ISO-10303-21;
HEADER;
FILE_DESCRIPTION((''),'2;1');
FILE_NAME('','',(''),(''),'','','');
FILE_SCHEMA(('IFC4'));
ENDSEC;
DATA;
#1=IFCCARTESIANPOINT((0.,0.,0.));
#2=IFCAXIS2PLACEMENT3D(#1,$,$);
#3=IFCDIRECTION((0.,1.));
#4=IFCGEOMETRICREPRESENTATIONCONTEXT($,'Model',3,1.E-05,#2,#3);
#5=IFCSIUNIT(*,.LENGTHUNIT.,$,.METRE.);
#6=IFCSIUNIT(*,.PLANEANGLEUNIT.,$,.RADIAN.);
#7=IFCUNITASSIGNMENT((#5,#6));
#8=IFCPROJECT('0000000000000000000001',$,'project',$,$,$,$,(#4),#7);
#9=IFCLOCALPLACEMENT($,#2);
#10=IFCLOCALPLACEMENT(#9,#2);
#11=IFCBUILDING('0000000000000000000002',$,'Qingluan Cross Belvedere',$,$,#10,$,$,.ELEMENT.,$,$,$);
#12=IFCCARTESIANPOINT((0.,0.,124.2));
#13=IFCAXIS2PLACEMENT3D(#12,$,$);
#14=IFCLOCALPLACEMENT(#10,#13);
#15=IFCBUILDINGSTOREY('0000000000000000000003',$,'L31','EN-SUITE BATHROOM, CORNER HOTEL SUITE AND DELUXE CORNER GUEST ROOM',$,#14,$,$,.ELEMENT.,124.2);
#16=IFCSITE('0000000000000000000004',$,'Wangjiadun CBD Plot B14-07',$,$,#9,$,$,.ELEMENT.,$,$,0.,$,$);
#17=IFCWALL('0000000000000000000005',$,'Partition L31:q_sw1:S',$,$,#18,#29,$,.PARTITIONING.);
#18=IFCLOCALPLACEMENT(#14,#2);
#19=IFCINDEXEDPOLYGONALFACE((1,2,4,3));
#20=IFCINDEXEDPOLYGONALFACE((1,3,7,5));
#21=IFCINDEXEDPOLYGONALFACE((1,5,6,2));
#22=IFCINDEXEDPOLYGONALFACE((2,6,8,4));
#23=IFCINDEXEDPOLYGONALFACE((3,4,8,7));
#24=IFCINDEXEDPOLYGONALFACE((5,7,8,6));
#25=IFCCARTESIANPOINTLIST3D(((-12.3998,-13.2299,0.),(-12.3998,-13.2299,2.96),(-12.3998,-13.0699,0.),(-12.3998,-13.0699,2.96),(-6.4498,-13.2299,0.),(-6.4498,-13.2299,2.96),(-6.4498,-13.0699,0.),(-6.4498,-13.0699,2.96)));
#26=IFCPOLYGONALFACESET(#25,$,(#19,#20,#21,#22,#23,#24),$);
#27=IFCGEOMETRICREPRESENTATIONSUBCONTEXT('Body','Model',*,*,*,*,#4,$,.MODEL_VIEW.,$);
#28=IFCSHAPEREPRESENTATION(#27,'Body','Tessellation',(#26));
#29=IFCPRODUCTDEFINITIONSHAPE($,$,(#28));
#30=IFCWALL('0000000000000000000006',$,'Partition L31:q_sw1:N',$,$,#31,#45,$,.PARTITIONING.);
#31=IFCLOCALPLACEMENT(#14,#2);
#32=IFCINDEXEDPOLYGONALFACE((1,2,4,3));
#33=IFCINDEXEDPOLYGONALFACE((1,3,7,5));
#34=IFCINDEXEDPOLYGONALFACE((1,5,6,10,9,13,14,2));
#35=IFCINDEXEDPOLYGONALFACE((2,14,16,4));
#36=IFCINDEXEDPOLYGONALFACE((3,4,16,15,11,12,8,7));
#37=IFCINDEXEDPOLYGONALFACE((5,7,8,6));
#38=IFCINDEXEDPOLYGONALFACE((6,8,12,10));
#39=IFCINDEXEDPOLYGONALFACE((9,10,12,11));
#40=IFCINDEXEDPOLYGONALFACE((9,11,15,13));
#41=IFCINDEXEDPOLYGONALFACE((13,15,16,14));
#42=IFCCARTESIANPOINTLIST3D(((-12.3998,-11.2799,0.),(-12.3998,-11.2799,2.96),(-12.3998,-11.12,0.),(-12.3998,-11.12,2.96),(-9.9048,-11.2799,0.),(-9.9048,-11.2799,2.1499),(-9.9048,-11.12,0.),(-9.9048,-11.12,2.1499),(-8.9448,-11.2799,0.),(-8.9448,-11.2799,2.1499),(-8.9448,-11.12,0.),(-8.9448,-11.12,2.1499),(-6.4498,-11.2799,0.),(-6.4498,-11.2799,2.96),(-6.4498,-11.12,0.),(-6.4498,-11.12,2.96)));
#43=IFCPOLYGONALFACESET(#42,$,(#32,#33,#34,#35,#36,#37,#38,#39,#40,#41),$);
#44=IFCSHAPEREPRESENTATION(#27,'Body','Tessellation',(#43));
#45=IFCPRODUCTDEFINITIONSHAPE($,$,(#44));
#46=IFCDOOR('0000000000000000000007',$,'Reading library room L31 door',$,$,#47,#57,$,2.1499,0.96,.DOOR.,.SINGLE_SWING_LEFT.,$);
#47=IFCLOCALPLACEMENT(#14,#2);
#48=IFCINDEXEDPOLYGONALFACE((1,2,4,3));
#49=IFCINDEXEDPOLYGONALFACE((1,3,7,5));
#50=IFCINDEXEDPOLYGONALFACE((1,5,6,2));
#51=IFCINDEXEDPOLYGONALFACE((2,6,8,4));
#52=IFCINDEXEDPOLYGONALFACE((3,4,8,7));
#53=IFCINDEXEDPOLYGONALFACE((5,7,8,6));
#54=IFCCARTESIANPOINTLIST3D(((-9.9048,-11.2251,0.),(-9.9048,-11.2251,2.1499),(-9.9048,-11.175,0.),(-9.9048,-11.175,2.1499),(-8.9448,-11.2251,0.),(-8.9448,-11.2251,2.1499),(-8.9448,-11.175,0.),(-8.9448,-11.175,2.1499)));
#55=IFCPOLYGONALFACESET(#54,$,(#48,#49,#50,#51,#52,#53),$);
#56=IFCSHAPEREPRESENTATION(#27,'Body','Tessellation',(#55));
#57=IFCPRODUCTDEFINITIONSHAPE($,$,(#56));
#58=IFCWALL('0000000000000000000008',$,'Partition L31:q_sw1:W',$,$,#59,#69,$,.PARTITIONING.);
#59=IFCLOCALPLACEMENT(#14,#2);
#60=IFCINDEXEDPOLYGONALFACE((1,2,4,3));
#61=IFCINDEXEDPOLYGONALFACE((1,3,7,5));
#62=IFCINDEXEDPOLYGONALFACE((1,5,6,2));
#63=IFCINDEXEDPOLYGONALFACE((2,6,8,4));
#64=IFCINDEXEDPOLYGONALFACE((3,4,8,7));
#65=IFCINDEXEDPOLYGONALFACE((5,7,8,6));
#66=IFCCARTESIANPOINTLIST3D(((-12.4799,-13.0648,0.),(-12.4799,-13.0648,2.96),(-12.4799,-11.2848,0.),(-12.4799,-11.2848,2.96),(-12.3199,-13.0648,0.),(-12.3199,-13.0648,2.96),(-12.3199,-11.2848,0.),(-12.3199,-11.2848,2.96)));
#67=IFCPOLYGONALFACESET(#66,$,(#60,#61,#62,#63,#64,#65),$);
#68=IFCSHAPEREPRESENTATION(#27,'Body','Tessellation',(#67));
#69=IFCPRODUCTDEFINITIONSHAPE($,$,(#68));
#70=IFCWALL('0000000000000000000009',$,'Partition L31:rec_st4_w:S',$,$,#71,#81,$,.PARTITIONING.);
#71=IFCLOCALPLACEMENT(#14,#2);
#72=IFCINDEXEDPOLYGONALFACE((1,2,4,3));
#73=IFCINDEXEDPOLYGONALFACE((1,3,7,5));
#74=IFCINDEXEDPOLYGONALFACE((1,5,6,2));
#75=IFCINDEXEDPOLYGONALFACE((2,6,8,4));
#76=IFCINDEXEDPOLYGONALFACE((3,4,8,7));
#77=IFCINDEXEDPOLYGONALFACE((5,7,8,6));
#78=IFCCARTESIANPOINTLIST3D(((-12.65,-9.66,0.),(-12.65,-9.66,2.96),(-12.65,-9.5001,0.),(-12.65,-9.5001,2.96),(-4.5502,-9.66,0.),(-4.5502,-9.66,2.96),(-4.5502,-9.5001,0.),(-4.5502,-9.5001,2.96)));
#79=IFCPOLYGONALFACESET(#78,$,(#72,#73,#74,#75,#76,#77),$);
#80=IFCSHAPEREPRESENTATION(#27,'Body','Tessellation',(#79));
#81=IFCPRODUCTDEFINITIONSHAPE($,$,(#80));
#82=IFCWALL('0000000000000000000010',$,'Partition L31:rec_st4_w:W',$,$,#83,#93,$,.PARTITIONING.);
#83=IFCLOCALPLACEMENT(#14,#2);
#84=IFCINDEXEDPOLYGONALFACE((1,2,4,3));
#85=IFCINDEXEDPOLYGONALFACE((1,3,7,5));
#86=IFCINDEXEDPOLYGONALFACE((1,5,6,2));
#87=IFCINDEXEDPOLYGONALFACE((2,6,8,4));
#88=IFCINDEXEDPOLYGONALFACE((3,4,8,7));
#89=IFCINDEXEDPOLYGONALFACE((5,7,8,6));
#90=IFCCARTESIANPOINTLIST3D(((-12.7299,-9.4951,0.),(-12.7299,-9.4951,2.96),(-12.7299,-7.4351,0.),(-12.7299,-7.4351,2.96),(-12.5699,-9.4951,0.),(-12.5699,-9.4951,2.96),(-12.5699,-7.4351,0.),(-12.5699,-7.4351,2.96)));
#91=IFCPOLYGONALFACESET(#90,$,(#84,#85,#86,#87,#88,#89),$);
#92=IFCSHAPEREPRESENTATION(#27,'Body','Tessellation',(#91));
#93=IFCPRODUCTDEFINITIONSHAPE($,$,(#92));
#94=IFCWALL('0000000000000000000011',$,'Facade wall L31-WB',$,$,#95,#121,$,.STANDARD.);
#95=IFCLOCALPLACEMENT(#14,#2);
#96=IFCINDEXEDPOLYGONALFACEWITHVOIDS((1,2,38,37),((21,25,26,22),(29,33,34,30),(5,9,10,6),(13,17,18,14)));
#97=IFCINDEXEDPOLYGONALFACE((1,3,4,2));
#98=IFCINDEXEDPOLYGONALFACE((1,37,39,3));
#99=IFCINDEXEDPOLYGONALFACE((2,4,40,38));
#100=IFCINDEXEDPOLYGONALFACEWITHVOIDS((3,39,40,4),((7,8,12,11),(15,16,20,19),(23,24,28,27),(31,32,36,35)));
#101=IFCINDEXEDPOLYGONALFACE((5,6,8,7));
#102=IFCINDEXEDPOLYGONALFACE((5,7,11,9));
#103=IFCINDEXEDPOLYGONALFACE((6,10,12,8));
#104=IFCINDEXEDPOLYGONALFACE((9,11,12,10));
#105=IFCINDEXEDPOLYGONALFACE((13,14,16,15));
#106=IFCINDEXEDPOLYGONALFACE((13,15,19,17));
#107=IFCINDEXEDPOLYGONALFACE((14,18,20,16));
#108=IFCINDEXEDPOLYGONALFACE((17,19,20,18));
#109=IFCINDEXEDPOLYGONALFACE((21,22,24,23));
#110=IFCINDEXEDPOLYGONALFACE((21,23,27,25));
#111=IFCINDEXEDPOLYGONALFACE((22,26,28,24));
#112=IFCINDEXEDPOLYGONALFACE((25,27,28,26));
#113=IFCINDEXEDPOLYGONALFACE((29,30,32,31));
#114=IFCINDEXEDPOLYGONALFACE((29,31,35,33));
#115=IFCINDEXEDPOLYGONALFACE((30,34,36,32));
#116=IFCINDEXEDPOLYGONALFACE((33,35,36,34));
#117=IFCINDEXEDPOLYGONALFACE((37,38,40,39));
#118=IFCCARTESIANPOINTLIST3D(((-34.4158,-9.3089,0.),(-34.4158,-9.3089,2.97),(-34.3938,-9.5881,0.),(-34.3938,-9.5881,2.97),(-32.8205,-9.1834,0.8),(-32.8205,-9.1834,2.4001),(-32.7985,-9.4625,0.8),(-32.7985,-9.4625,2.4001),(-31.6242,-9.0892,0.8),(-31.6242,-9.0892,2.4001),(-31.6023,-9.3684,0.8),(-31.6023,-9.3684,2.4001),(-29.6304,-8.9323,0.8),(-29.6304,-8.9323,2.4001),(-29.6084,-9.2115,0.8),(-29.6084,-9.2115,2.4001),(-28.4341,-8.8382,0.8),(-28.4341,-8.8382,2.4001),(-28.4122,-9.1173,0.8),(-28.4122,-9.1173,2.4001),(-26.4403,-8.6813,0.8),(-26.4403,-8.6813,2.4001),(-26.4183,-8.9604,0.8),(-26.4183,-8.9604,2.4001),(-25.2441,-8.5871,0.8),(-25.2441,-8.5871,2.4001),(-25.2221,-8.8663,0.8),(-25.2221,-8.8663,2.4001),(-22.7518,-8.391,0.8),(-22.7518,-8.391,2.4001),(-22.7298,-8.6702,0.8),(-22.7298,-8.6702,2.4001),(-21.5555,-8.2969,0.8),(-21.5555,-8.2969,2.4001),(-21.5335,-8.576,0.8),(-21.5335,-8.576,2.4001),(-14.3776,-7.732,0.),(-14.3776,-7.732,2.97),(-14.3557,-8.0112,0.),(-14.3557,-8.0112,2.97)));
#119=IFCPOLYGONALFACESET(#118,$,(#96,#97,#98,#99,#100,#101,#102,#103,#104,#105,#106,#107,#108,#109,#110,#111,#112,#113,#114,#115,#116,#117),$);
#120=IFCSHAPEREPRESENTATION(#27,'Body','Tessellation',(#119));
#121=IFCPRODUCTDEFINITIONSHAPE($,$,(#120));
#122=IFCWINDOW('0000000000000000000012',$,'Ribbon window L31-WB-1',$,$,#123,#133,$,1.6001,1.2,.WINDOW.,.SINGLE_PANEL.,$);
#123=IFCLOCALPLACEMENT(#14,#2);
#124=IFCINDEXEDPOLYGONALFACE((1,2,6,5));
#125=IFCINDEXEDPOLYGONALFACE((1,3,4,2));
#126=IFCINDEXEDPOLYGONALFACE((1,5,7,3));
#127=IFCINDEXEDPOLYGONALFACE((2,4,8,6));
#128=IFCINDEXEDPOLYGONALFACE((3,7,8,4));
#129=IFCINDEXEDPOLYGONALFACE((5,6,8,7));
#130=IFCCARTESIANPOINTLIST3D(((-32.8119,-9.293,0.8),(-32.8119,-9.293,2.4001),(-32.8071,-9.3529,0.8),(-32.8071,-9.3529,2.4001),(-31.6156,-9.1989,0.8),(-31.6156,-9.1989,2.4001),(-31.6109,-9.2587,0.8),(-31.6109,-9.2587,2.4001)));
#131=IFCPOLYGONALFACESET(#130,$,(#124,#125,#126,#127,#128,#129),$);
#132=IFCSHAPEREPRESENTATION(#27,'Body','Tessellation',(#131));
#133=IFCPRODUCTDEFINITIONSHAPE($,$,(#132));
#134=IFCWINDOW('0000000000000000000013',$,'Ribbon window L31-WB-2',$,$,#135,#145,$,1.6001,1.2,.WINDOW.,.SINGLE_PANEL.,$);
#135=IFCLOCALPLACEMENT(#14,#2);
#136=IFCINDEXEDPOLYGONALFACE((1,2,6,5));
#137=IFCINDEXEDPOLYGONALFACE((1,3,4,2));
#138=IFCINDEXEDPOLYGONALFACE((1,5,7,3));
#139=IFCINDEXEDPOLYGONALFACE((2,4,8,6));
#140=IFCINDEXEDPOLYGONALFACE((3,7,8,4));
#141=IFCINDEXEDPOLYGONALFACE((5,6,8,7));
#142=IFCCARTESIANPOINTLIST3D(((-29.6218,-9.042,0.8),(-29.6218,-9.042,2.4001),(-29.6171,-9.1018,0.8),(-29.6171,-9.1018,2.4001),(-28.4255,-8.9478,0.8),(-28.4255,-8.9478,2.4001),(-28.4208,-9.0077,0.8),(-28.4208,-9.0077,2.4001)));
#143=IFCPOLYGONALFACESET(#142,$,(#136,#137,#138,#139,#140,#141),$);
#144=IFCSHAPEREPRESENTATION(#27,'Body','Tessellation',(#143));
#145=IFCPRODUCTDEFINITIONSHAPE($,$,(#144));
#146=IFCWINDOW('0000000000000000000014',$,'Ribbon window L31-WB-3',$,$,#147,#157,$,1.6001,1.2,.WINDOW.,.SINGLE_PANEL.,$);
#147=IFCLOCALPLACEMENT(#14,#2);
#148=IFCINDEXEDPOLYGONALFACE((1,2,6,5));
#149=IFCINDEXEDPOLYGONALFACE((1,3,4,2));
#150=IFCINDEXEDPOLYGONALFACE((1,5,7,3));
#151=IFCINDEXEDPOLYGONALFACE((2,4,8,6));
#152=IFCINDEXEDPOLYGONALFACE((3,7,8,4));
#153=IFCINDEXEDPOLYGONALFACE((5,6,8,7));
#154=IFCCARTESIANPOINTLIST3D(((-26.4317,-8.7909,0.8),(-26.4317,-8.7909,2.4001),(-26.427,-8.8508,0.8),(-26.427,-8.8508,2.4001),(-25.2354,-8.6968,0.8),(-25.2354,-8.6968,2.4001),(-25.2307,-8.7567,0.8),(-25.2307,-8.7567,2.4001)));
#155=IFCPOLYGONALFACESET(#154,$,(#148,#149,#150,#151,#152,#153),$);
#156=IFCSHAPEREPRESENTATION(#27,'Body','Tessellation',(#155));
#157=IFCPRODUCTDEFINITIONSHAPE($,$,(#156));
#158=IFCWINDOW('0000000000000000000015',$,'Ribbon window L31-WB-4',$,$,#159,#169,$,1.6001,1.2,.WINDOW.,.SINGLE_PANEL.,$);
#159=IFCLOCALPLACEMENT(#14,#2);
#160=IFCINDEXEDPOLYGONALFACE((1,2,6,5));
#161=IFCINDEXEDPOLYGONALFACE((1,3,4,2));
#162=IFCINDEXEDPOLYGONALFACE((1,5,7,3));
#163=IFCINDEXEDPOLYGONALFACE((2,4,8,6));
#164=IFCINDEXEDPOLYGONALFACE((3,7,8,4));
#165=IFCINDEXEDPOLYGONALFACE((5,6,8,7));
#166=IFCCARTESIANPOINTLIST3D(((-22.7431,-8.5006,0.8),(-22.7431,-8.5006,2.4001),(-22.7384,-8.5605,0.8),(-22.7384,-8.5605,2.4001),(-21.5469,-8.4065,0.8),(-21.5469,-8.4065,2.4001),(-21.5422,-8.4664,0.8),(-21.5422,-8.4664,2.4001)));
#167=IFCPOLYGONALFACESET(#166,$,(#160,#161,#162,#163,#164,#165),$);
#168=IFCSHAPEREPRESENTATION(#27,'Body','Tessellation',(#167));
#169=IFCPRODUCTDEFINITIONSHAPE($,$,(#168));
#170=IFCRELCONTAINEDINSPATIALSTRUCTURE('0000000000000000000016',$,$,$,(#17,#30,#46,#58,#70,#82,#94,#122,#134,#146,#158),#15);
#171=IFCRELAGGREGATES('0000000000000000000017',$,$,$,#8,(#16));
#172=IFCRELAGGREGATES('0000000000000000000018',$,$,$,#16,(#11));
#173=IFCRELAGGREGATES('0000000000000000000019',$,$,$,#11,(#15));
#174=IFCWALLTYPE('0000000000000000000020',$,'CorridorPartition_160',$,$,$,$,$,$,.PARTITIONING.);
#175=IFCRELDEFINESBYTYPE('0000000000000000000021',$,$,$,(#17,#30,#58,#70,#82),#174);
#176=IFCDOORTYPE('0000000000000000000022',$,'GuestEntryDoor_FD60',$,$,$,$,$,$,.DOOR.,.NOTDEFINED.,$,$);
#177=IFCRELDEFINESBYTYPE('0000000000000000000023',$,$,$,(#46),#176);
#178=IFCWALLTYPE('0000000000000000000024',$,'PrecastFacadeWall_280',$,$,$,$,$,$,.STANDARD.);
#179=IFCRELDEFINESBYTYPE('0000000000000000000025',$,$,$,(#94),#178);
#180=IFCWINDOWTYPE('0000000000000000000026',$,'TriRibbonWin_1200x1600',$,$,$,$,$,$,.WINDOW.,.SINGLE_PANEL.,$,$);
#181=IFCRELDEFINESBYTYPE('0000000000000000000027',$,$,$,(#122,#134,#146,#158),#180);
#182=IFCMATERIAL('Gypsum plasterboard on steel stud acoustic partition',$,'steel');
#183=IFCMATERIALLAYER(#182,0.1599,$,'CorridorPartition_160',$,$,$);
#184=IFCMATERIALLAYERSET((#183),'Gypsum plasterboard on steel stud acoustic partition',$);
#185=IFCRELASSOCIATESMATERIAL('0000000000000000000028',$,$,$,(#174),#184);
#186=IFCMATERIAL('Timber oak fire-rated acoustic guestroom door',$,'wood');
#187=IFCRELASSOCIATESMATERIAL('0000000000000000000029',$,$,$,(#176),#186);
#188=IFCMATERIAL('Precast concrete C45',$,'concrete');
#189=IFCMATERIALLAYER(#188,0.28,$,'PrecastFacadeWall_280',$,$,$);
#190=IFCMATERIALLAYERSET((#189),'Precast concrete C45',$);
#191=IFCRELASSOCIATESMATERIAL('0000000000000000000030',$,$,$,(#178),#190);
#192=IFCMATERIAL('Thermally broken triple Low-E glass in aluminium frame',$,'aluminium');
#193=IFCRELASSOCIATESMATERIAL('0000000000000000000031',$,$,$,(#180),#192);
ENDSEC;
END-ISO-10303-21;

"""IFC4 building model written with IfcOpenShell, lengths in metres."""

from ifc_helpers import new_model, si_unit, direction, frame, frame_2d, origin, place, context, subcontext, project, spatial, rectangle, extrude, material, layer, layer_set, type_object, element, fill, save


model = new_model("IFC4")

# Units and contexts
model_context = context("Model", 3, precision=1e-05, world=origin(), true_north=direction((0.0, 1.0)))
body_context = subcontext(model_context, "Body", "Model", "MODEL_VIEW")
ifc_project = project(units=[si_unit("LENGTHUNIT", "METRE"), si_unit("PLANEANGLEUNIT", "RADIAN")], contexts=[model_context])

# Site, building, storey
site_placement = place(None, origin())
site = spatial("IfcSite", under=ifc_project, at=site_placement, Name="Wangjiadun CBD Plot B14-07", CompositionType="ELEMENT", RefElevation=0.0)
building_placement = place(site_placement, origin())
building = spatial("IfcBuilding", under=site, at=building_placement, Name="Qingluan Cross Belvedere", CompositionType="ELEMENT")
storey_placement = place(building_placement, frame((0.0, 0.0, 124.2)))
storey = spatial("IfcBuildingStorey", under=building, at=storey_placement, Name="L31", Description="EN-SUITE BATHROOM, CORNER HOTEL SUITE AND DELUXE CORNER GUEST ROOM", CompositionType="ELEMENT", Elevation=124.2)

# Wall
ifc_material_1 = material(Name="Gypsum plasterboard on steel stud acoustic partition", Category="steel")
ifc_layer_1 = layer(ifc_material_1, 0.1599, Name="CorridorPartition_160")
ifc_layer_set_1 = layer_set([ifc_layer_1], Name="Gypsum plasterboard on steel stud acoustic partition")
wall_type_1 = type_object("IfcWallType", Name="CorridorPartition_160", PredefinedType="PARTITIONING", material=ifc_layer_set_1)
wall_1_placement = place(storey_placement, frame((-12.3999, -13.1499, 0.0), z_axis=(0.0, 0.0, 1.0), x_axis=(1.0, 0.0, 0.0)))
element("IfcWall", 1, at=wall_1_placement, inside=storey, type_object=wall_type_1, Name="Partition L31:q_sw1:S", PredefinedType="PARTITIONING", context=body_context, shape_type="SweptSolid", body=[
    extrude(rectangle(XDim=5.95, YDim=0.1599, at=frame_2d((2.9751, 0.0))), origin(), (0.0, 0.0, 1.0), 2.96),
])

# Wall, opening, door
wall_2_placement = place(storey_placement, frame((-12.3999, -11.2, 0.0), z_axis=(0.0, 0.0, 1.0), x_axis=(1.0, 0.0, 0.0)))
wall_2 = element("IfcWall", 2, at=wall_2_placement, inside=storey, type_object=wall_type_1, Name="Partition L31:q_sw1:N", PredefinedType="PARTITIONING", context=body_context, shape_type="SweptSolid", body=[
    extrude(rectangle(XDim=5.95, YDim=0.1599, at=frame_2d((2.9751, 0.0))), origin(), (0.0, 0.0, 1.0), 2.96),
])
opening_1_placement = place(wall_2_placement, frame((2.4951, 0.0, 0.0)))
opening_1 = element("IfcOpeningElement", 3, at=opening_1_placement, cuts=wall_2, PredefinedType="OPENING", context=body_context, shape_type="SweptSolid", body=[
    extrude(rectangle(XDim=0.96, YDim=2.1499, at=frame_2d((0.48, 1.075))), frame((0.0, 0.0898, 0.0), z_axis=(0.0, -1.0, 0.0), x_axis=(1.0, 0.0, 0.0)), (0.0, 0.0, 1.0), 0.1799),
])
ifc_material_2 = material(Name="Timber oak fire-rated acoustic guestroom door", Category="wood")
door_type = type_object("IfcDoorType", Name="GuestEntryDoor_FD60", OperationType="NOTDEFINED", PredefinedType="DOOR", material=ifc_material_2)
door_placement = place(opening_1_placement, origin())
door = element("IfcDoor", 4, at=door_placement, inside=storey, type_object=door_type, Name="Reading library room L31 door", OperationType="SINGLE_SWING_LEFT", OverallHeight=2.1499, OverallWidth=0.96, PredefinedType="DOOR", context=body_context, shape_type="SweptSolid", body=[
    extrude(rectangle(XDim=0.96, YDim=2.1499, at=frame_2d((0.48, 1.075))), frame((0.0, 0.0249, 0.0), z_axis=(0.0, -1.0, 0.0), x_axis=(1.0, 0.0, 0.0)), (0.0, 0.0, 1.0), 0.05),
])
fill(opening_1, door)

# Walls
wall_3_placement = place(storey_placement, frame((-12.3999, -13.0649, 0.0), z_axis=(0.0, 0.0, 1.0), x_axis=(0.0, 1.0, 0.0)))
element("IfcWall", 5, at=wall_3_placement, inside=storey, type_object=wall_type_1, Name="Partition L31:q_sw1:W", PredefinedType="PARTITIONING", context=body_context, shape_type="SweptSolid", body=[
    extrude(rectangle(XDim=1.78, YDim=0.1599, at=frame_2d((0.8901, 0.0))), origin(), (0.0, 0.0, 1.0), 2.96),
])
wall_4_placement = place(storey_placement, frame((-12.6499, -9.5801, 0.0), z_axis=(0.0, 0.0, 1.0), x_axis=(1.0, 0.0, 0.0)))
element("IfcWall", 6, at=wall_4_placement, inside=storey, type_object=wall_type_1, Name="Partition L31:rec_st4_w:S", PredefinedType="PARTITIONING", context=body_context, shape_type="SweptSolid", body=[
    extrude(rectangle(XDim=8.0999, YDim=0.1599, at=frame_2d((4.0498, 0.0))), origin(), (0.0, 0.0, 1.0), 2.96),
])
wall_5_placement = place(storey_placement, frame((-12.6499, -9.4951, 0.0), z_axis=(0.0, 0.0, 1.0), x_axis=(0.0, 1.0, 0.0)))
element("IfcWall", 7, at=wall_5_placement, inside=storey, type_object=wall_type_1, Name="Partition L31:rec_st4_w:W", PredefinedType="PARTITIONING", context=body_context, shape_type="SweptSolid", body=[
    extrude(rectangle(XDim=2.0601, YDim=0.1599, at=frame_2d((1.03, 0.0))), origin(), (0.0, 0.0, 1.0), 2.96),
])

# Wall, openings, windows
ifc_material_3 = material(Name="Precast concrete C45", Category="concrete")
ifc_layer_2 = layer(ifc_material_3, 0.28, Name="PrecastFacadeWall_280")
ifc_layer_set_2 = layer_set([ifc_layer_2], Name="Precast concrete C45")
wall_type_2 = type_object("IfcWallType", Name="PrecastFacadeWall_280", PredefinedType="STANDARD", material=ifc_layer_set_2)
wall_6_placement = place(storey_placement, frame((-34.4048, -9.4485, 0.0), z_axis=(0.0, 0.0, 1.0), x_axis=(0.996918, 0.078453, 0.0)))
wall_6 = element("IfcWall", 8, at=wall_6_placement, inside=storey, type_object=wall_type_2, Name="Facade wall L31-WB", PredefinedType="STANDARD", context=body_context, shape_type="SweptSolid", body=[
    extrude(rectangle(XDim=20.1001, YDim=0.28, at=frame_2d((10.05, 0.0))), origin(), (0.0, 0.0, 1.0), 2.97),
])
opening_2_placement = place(wall_6_placement, frame((1.6001, 0.0, 0.8)))
opening_2 = element("IfcOpeningElement", 9, at=opening_2_placement, cuts=wall_6, PredefinedType="OPENING", context=body_context, shape_type="SweptSolid", body=[
    extrude(rectangle(XDim=1.2, YDim=1.6001, at=frame_2d((0.6001, 0.8))), frame((0.0, 0.1499, 0.0), z_axis=(0.0, -1.0, 0.0), x_axis=(1.0, 0.0, 0.0)), (0.0, 0.0, 1.0), 0.3),
])
opening_3_placement = place(wall_6_placement, frame((4.8, 0.0, 0.8)))
opening_3 = element("IfcOpeningElement", 10, at=opening_3_placement, cuts=wall_6, PredefinedType="OPENING", context=body_context, shape_type="SweptSolid", body=[
    extrude(rectangle(XDim=1.2, YDim=1.6001, at=frame_2d((0.6001, 0.8))), frame((0.0, 0.1499, 0.0), z_axis=(0.0, -1.0, 0.0), x_axis=(1.0, 0.0, 0.0)), (0.0, 0.0, 1.0), 0.3),
])
opening_4_placement = place(wall_6_placement, frame((8.0, 0.0, 0.8)))
opening_4 = element("IfcOpeningElement", 11, at=opening_4_placement, cuts=wall_6, PredefinedType="OPENING", context=body_context, shape_type="SweptSolid", body=[
    extrude(rectangle(XDim=1.2, YDim=1.6001, at=frame_2d((0.6001, 0.8))), frame((0.0, 0.1499, 0.0), z_axis=(0.0, -1.0, 0.0), x_axis=(1.0, 0.0, 0.0)), (0.0, 0.0, 1.0), 0.3),
])
opening_5_placement = place(wall_6_placement, frame((11.7, 0.0, 0.8)))
opening_5 = element("IfcOpeningElement", 12, at=opening_5_placement, cuts=wall_6, PredefinedType="OPENING", context=body_context, shape_type="SweptSolid", body=[
    extrude(rectangle(XDim=1.2, YDim=1.6001, at=frame_2d((0.6001, 0.8))), frame((0.0, 0.1499, 0.0), z_axis=(0.0, -1.0, 0.0), x_axis=(1.0, 0.0, 0.0)), (0.0, 0.0, 1.0), 0.3),
])
ifc_material_4 = material(Name="Thermally broken triple Low-E glass in aluminium frame", Category="aluminium")
window_type = type_object("IfcWindowType", Name="TriRibbonWin_1200x1600", PartitioningType="SINGLE_PANEL", PredefinedType="WINDOW", material=ifc_material_4)
window_1_placement = place(opening_2_placement, origin())
window_1 = element("IfcWindow", 13, at=window_1_placement, inside=storey, type_object=window_type, Name="Ribbon window L31-WB-1", OverallHeight=1.6001, OverallWidth=1.2, PartitioningType="SINGLE_PANEL", PredefinedType="WINDOW", context=body_context, shape_type="SweptSolid", body=[
    extrude(rectangle(XDim=1.2, YDim=1.6001, at=frame_2d((0.6001, 0.8))), frame((0.0, 0.03, 0.0), z_axis=(0.0, -1.0, 0.0), x_axis=(1.0, 0.0, 0.0)), (0.0, 0.0, 1.0), 0.0601),
])
fill(opening_2, window_1)
window_2_placement = place(opening_3_placement, origin())
window_2 = element("IfcWindow", 14, at=window_2_placement, inside=storey, type_object=window_type, Name="Ribbon window L31-WB-2", OverallHeight=1.6001, OverallWidth=1.2, PartitioningType="SINGLE_PANEL", PredefinedType="WINDOW", context=body_context, shape_type="SweptSolid", body=[
    extrude(rectangle(XDim=1.2, YDim=1.6001, at=frame_2d((0.6001, 0.8))), frame((0.0, 0.03, 0.0), z_axis=(0.0, -1.0, 0.0), x_axis=(1.0, 0.0, 0.0)), (0.0, 0.0, 1.0), 0.0601),
])
fill(opening_3, window_2)
window_3_placement = place(opening_4_placement, origin())
window_3 = element("IfcWindow", 15, at=window_3_placement, inside=storey, type_object=window_type, Name="Ribbon window L31-WB-3", OverallHeight=1.6001, OverallWidth=1.2, PartitioningType="SINGLE_PANEL", PredefinedType="WINDOW", context=body_context, shape_type="SweptSolid", body=[
    extrude(rectangle(XDim=1.2, YDim=1.6001, at=frame_2d((0.6001, 0.8))), frame((0.0, 0.03, 0.0), z_axis=(0.0, -1.0, 0.0), x_axis=(1.0, 0.0, 0.0)), (0.0, 0.0, 1.0), 0.0601),
])
fill(opening_4, window_3)
window_4_placement = place(opening_5_placement, origin())
window_4 = element("IfcWindow", 16, at=window_4_placement, inside=storey, type_object=window_type, Name="Ribbon window L31-WB-4", OverallHeight=1.6001, OverallWidth=1.2, PartitioningType="SINGLE_PANEL", PredefinedType="WINDOW", context=body_context, shape_type="SweptSolid", body=[
    extrude(rectangle(XDim=1.2, YDim=1.6001, at=frame_2d((0.6001, 0.8))), frame((0.0, 0.03, 0.0), z_axis=(0.0, -1.0, 0.0), x_axis=(1.0, 0.0, 0.0)), (0.0, 0.0, 1.0), 0.0601),
])
fill(opening_5, window_4)

save(model, "model.ifc")
